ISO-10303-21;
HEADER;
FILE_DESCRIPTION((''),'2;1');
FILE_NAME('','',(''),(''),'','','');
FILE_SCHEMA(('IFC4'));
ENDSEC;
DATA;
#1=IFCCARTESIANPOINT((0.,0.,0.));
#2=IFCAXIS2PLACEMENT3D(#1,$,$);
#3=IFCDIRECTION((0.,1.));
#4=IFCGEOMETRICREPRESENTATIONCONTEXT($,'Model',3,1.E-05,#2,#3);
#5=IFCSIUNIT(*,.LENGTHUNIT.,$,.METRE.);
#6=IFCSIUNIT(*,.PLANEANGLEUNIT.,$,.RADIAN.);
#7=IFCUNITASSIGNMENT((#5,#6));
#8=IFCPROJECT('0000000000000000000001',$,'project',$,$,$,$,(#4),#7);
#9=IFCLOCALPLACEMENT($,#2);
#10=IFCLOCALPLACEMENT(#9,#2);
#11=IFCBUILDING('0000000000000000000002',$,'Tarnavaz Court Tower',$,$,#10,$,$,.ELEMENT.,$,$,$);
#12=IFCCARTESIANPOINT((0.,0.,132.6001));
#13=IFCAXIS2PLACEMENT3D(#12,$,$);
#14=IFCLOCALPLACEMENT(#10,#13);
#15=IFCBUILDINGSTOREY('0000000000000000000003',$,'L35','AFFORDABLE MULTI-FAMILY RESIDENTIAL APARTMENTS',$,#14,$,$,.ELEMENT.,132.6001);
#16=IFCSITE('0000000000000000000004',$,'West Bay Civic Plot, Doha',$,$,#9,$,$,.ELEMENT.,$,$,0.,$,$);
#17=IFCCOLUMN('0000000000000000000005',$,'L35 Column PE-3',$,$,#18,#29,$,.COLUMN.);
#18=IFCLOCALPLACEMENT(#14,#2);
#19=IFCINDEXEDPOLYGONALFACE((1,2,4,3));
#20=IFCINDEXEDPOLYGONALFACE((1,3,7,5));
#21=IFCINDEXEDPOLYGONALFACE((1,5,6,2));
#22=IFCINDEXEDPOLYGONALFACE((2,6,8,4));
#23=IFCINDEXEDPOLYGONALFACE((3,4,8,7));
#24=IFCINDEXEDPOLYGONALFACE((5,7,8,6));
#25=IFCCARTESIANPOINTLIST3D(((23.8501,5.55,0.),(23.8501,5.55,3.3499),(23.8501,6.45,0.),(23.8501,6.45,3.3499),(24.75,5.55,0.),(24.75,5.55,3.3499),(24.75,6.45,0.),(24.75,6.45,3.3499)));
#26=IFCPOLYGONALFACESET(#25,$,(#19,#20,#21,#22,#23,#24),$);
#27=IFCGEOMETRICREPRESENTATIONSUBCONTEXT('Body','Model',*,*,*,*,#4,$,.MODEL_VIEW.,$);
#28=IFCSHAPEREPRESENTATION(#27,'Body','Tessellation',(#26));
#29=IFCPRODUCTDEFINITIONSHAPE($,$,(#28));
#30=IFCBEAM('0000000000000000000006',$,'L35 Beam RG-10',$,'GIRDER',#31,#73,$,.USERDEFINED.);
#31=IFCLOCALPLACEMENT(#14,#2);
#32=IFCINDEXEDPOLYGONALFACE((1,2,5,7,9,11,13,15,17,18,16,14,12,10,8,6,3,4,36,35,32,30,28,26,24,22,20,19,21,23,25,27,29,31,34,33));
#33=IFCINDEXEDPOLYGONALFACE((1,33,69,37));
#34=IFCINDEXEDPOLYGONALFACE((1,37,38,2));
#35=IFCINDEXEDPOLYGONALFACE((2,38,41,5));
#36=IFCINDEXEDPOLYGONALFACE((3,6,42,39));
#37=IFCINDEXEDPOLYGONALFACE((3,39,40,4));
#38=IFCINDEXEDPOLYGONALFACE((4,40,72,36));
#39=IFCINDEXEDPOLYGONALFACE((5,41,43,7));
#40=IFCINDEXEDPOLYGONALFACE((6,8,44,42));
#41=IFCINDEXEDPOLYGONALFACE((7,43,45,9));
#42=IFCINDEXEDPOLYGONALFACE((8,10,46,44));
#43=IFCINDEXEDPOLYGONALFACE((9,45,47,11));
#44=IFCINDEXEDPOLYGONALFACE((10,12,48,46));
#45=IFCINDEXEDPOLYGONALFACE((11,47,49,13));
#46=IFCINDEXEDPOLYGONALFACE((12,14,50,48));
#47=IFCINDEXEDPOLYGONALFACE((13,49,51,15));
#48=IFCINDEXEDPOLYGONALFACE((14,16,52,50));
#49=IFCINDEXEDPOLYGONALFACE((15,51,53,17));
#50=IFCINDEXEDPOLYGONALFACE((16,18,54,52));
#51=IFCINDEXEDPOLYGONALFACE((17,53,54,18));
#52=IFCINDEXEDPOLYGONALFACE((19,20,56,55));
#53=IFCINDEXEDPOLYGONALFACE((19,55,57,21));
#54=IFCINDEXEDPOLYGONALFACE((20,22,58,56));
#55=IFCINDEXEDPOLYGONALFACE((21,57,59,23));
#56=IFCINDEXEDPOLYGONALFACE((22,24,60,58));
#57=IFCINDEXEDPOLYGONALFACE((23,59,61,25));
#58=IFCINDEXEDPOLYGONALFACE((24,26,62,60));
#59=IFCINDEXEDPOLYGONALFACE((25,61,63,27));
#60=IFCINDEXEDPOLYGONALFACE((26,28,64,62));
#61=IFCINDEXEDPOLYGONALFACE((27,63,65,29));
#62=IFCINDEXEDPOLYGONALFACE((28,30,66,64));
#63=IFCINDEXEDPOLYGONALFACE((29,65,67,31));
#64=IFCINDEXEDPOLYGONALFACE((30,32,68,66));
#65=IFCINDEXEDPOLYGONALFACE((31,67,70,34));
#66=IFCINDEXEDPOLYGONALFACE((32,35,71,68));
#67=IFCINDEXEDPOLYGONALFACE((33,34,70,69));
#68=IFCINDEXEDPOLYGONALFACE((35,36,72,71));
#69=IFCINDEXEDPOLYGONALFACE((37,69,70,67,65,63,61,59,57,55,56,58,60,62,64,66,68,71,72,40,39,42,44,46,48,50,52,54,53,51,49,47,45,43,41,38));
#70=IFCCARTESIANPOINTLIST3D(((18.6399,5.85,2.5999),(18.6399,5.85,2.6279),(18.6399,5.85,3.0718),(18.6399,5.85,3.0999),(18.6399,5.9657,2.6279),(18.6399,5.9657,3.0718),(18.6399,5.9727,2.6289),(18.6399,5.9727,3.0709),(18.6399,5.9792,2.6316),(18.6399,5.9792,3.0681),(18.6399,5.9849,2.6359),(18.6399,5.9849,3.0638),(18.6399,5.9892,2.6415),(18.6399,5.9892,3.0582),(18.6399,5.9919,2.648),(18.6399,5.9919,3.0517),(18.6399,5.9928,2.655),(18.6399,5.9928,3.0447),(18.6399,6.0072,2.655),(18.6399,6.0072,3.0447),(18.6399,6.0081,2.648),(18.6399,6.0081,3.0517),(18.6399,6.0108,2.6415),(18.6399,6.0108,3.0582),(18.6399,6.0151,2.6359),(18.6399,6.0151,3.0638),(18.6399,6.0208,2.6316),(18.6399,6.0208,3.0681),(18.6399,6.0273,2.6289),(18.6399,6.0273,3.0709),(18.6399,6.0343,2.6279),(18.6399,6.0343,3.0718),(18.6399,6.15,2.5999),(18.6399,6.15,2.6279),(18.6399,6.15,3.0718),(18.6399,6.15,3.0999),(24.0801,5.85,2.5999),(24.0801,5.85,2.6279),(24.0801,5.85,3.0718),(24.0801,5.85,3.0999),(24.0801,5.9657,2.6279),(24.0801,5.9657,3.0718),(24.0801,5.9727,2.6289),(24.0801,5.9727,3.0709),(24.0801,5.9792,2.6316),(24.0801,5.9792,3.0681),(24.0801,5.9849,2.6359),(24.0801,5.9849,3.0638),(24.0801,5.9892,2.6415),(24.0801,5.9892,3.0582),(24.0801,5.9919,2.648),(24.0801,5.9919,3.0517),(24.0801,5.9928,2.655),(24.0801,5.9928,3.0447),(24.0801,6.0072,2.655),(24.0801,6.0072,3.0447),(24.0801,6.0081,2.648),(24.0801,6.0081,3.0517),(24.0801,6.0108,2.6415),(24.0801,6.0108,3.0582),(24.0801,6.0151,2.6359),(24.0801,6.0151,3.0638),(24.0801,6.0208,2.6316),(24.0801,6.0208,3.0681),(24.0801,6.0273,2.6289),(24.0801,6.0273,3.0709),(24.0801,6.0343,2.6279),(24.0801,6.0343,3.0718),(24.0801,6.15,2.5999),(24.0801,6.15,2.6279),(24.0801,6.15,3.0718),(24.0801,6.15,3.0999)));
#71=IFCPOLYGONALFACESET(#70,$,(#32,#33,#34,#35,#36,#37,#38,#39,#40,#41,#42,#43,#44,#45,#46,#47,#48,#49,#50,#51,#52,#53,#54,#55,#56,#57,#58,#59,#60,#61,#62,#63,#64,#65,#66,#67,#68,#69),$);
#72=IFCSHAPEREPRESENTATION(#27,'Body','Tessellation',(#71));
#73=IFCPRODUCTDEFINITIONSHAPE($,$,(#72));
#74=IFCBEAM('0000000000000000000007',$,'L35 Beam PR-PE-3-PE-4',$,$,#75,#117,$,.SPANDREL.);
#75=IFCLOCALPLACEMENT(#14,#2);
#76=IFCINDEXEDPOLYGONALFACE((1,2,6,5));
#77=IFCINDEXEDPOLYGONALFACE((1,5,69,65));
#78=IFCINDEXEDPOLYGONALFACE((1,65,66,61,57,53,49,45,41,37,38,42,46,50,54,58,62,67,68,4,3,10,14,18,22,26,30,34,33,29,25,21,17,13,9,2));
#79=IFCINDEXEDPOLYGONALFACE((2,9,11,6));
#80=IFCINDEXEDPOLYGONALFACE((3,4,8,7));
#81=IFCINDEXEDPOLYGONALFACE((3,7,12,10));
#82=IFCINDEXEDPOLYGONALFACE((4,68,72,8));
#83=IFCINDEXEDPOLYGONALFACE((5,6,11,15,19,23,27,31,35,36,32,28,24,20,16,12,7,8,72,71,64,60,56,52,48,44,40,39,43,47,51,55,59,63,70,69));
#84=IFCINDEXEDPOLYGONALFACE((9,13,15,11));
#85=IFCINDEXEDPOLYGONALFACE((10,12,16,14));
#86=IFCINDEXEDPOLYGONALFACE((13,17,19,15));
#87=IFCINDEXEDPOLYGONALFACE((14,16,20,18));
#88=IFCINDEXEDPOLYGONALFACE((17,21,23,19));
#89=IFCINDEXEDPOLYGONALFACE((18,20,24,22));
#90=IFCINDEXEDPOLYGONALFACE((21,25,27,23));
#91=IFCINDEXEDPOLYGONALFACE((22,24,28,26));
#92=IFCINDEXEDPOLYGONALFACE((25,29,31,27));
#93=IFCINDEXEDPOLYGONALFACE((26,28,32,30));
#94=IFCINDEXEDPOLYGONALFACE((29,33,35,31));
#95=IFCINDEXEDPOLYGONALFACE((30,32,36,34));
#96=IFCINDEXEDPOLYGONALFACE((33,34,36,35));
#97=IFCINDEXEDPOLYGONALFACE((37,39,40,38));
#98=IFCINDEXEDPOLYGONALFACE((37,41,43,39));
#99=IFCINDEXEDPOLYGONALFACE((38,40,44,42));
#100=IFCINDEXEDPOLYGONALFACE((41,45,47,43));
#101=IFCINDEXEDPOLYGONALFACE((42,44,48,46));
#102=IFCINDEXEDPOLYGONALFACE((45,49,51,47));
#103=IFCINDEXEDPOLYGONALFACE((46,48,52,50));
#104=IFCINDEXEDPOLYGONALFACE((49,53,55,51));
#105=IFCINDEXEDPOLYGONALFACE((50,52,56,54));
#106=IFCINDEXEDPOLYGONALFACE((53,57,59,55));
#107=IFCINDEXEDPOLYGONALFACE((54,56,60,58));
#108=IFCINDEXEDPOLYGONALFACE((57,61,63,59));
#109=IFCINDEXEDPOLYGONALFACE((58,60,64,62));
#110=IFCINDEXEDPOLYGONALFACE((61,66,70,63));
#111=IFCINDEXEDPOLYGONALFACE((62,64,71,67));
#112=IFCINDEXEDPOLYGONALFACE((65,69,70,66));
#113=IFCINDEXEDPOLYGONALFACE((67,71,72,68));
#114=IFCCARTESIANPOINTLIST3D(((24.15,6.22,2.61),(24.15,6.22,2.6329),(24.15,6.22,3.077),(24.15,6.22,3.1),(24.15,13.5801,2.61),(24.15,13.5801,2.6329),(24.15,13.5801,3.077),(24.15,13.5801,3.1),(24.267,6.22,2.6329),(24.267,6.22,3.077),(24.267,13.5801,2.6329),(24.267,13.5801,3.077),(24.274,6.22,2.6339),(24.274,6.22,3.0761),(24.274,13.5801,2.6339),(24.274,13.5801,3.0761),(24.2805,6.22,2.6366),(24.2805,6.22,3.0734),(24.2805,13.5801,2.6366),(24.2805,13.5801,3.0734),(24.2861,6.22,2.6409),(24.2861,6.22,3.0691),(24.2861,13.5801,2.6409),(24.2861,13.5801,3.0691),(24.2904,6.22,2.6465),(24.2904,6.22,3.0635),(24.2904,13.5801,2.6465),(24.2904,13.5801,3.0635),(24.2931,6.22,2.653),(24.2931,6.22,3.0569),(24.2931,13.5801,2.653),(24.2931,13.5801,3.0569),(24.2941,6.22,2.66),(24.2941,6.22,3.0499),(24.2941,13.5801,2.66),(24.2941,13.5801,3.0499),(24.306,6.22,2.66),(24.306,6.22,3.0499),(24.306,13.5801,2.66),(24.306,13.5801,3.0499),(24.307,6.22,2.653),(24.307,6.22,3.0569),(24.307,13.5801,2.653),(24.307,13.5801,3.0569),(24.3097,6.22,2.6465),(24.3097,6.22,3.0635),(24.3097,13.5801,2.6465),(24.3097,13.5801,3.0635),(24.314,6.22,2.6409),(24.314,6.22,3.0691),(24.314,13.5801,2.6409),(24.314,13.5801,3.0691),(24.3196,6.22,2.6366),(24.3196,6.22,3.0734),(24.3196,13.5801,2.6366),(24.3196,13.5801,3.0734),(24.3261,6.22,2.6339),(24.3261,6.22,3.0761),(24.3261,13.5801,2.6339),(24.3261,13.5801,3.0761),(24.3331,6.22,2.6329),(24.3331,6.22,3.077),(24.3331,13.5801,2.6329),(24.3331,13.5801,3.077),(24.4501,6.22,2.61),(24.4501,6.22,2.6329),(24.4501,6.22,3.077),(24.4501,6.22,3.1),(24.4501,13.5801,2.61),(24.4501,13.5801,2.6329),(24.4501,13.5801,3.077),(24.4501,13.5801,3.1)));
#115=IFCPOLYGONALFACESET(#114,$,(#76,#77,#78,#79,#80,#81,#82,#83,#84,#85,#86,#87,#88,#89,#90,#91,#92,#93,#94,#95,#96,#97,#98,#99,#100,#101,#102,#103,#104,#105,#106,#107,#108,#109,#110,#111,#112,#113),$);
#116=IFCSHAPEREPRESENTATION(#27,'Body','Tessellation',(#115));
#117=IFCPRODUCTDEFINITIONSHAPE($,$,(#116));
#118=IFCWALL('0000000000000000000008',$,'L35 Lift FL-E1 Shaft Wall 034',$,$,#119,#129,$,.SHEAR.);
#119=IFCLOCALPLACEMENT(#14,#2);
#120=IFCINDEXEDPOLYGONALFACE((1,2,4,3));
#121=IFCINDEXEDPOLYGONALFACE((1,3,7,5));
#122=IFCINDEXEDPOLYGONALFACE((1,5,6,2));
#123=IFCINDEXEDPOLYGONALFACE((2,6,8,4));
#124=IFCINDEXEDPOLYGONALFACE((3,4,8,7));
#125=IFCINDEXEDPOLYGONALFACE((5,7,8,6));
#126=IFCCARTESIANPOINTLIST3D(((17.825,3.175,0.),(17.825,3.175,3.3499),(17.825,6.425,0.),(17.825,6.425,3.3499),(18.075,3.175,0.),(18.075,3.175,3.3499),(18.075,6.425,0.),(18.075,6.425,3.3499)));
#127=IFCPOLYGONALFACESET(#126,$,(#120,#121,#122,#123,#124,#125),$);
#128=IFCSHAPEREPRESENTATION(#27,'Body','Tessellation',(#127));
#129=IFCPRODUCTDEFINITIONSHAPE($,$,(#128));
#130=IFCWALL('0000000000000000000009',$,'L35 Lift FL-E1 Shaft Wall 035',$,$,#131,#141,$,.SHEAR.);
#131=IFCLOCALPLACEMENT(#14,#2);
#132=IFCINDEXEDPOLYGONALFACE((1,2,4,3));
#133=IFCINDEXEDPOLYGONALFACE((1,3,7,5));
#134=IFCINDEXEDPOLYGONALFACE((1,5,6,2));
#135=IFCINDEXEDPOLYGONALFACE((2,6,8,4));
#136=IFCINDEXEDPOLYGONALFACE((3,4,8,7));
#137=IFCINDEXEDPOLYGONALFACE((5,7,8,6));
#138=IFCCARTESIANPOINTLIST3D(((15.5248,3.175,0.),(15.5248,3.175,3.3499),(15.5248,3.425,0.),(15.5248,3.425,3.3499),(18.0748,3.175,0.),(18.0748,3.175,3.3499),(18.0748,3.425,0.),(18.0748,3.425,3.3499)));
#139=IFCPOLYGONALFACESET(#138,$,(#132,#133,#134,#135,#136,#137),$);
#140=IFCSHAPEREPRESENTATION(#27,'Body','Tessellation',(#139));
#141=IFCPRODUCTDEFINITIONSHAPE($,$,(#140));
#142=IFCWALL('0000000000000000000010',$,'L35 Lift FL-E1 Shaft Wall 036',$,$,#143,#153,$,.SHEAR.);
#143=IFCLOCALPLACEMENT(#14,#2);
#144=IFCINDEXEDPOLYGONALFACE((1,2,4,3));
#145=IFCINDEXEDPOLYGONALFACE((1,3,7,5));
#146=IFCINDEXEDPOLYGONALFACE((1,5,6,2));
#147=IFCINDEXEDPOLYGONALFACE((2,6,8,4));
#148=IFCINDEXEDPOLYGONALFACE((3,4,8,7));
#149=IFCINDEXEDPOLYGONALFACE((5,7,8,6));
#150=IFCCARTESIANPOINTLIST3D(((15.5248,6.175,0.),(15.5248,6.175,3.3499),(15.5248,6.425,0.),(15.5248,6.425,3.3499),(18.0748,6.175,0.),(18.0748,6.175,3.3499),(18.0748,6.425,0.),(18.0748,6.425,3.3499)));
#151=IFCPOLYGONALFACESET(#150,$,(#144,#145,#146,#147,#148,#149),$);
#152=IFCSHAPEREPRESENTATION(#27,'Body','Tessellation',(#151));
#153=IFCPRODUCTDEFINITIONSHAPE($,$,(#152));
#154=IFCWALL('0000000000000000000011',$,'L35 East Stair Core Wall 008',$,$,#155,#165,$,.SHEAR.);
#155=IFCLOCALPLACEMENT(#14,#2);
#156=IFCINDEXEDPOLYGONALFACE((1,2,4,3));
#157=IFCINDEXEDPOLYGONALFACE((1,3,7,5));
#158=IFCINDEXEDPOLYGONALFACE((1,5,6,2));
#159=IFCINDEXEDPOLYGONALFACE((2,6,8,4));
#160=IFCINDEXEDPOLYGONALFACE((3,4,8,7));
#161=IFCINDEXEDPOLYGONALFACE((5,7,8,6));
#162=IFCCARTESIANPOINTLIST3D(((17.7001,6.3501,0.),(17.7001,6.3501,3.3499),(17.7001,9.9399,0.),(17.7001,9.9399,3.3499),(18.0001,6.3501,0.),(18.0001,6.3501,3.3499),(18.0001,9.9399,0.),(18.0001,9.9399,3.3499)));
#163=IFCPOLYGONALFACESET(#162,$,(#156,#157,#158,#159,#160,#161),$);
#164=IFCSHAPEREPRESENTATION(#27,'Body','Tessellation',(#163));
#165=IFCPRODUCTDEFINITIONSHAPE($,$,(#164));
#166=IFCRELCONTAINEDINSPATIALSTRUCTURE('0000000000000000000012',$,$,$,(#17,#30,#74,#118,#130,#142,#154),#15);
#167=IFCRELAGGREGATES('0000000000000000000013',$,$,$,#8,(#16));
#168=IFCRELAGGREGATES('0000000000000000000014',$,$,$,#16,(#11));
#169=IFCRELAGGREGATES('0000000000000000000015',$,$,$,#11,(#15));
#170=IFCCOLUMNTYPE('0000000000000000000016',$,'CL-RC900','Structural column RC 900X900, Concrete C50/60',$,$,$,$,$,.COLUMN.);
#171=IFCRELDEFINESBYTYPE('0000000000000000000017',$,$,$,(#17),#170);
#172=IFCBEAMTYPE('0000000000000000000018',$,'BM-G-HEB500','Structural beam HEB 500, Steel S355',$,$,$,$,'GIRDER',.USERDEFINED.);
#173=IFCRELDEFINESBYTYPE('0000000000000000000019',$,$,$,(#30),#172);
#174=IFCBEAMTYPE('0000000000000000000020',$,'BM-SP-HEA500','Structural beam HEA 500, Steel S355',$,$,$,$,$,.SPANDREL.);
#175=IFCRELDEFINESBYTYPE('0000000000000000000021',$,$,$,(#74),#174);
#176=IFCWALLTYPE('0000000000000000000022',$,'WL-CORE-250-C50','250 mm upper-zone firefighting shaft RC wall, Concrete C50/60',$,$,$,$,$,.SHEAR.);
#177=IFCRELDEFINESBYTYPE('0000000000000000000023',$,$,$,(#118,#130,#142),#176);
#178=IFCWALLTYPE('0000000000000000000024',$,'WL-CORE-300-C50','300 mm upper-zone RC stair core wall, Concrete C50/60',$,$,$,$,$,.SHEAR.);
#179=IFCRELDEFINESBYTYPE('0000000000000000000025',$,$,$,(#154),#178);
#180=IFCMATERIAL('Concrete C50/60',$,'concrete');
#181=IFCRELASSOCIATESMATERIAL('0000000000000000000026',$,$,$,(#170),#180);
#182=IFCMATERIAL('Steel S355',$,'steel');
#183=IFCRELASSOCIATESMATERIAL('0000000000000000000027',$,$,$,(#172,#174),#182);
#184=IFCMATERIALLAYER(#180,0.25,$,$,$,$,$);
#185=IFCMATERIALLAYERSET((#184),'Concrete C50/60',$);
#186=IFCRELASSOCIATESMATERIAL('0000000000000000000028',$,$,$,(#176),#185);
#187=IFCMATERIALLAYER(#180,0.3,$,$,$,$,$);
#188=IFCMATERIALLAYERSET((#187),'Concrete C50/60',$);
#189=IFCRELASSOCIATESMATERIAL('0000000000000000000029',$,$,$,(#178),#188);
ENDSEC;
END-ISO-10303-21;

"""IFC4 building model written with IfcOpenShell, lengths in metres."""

from ifc_helpers import new_model, si_unit, direction, frame, frame_2d, origin, origin_2d, place, context, subcontext, project, spatial, rectangle, i_section, extrude, material, layer, layer_set, material_profile, profile_set, type_object, element, save


model = new_model("IFC4")

# Units and contexts
model_context = context("Model", 3, precision=1e-05, world=origin(), true_north=direction((0.0, 1.0)))
body_context = subcontext(model_context, "Body", "Model", "MODEL_VIEW")
ifc_project = project(units=[si_unit("LENGTHUNIT", "METRE"), si_unit("PLANEANGLEUNIT", "RADIAN")], contexts=[model_context])

# Site, building, storey
site_placement = place(None, origin())
site = spatial("IfcSite", under=ifc_project, at=site_placement, Name="West Bay Civic Plot, Doha", CompositionType="ELEMENT", RefElevation=0.0)
building_placement = place(site_placement, origin())
building = spatial("IfcBuilding", under=site, at=building_placement, Name="Tarnavaz Court Tower", CompositionType="ELEMENT")
storey_placement = place(building_placement, frame((0.0, 0.0, 132.6001)))
storey = spatial("IfcBuildingStorey", under=building, at=storey_placement, Name="L35", Description="AFFORDABLE MULTI-FAMILY RESIDENTIAL APARTMENTS", CompositionType="ELEMENT", Elevation=132.6001)

# Column
ifc_material_1 = material(Name="Concrete C50/60", Category="concrete")
ifc_material_profile_1 = material_profile(ifc_material_1, rectangle(XDim=0.8999, YDim=0.8999, at=origin_2d()), Name="RC 900X900")
ifc_profile_set_1 = profile_set([ifc_material_profile_1], Name="Concrete C50/60")
column_type = type_object("IfcColumnType", Name="CL-RC900", Description="Structural column RC 900X900, Concrete C50/60", PredefinedType="COLUMN", material=ifc_profile_set_1)
column_placement = place(storey_placement, frame((24.3, 6.0, 0.0), z_axis=(0.0, 0.0, 1.0), x_axis=(1.0, 0.0, 0.0)))
element("IfcColumn", 1, at=column_placement, inside=storey, type_object=column_type, Name="L35 Column PE-3", PredefinedType="COLUMN", context=body_context, shape_type="SweptSolid", body=[
    extrude(rectangle(XDim=0.8999, YDim=0.8999, at=origin_2d()), origin(), (0.0, 0.0, 1.0), 3.3499),
])

# Beams
ifc_material_2 = material(Name="Steel S355", Category="steel")
ifc_material_profile_2 = material_profile(ifc_material_2, i_section(OverallWidth=0.3, OverallDepth=0.5, WebThickness=0.0144, FlangeThickness=0.0281, FilletRadius=0.0271, at=origin_2d()), Name="HEB 500")
ifc_profile_set_2 = profile_set([ifc_material_profile_2], Name="Steel S355")
beam_type_1 = type_object("IfcBeamType", Name="BM-G-HEB500", Description="Structural beam HEB 500, Steel S355", ElementType="GIRDER", PredefinedType="USERDEFINED", material=ifc_profile_set_2)
beam_1_placement = place(storey_placement, frame((18.6399, 6.0, 2.8499), z_axis=(1.0, 0.0, 0.0), x_axis=(0.0, 1.0, 0.0)))
element("IfcBeam", 2, at=beam_1_placement, inside=storey, type_object=beam_type_1, Name="L35 Beam RG-10", ObjectType="GIRDER", PredefinedType="USERDEFINED", context=body_context, shape_type="SweptSolid", body=[
    extrude(i_section(OverallWidth=0.3, OverallDepth=0.5, WebThickness=0.0144, FlangeThickness=0.0281, FilletRadius=0.0271, at=origin_2d()), origin(), (0.0, 0.0, 1.0), 5.4402),
])
ifc_material_profile_3 = material_profile(ifc_material_2, i_section(OverallWidth=0.3, OverallDepth=0.49, WebThickness=0.012, FlangeThickness=0.0229, FilletRadius=0.0271, at=origin_2d()), Name="HEA 500")
ifc_profile_set_3 = profile_set([ifc_material_profile_3], Name="Steel S355")
beam_type_2 = type_object("IfcBeamType", Name="BM-SP-HEA500", Description="Structural beam HEA 500, Steel S355", PredefinedType="SPANDREL", material=ifc_profile_set_3)
beam_2_placement = place(storey_placement, frame((24.3, 6.22, 2.855), z_axis=(0.0, 1.0, 0.0), x_axis=(-1.0, 0.0, 0.0)))
element("IfcBeam", 3, at=beam_2_placement, inside=storey, type_object=beam_type_2, Name="L35 Beam PR-PE-3-PE-4", PredefinedType="SPANDREL", context=body_context, shape_type="SweptSolid", body=[
    extrude(i_section(OverallWidth=0.3, OverallDepth=0.49, WebThickness=0.012, FlangeThickness=0.0229, FilletRadius=0.0271, at=origin_2d()), origin(), (0.0, 0.0, 1.0), 7.3601),
])

# Shared definitions
ifc_layer_1 = layer(ifc_material_1, 0.25)
ifc_layer_set_1 = layer_set([ifc_layer_1], Name="Concrete C50/60")
wall_type_1 = type_object("IfcWallType", Name="WL-CORE-250-C50", Description="250 mm upper-zone firefighting shaft RC wall, Concrete C50/60", PredefinedType="SHEAR", material=ifc_layer_set_1)

# Walls
wall_1_placement = place(storey_placement, frame((17.95, 3.175, 0.0), z_axis=(0.0, 0.0, 1.0), x_axis=(0.0, 1.0, 0.0)))
element("IfcWall", 4, at=wall_1_placement, inside=storey, type_object=wall_type_1, Name="L35 Lift FL-E1 Shaft Wall 034", PredefinedType="SHEAR", context=body_context, shape_type="SweptSolid", body=[
    extrude(rectangle(XDim=3.25, YDim=0.25, at=frame_2d((1.625, 0.0))), origin(), (0.0, 0.0, 1.0), 3.3499),
])
for number, where, z_axis, x_axis, name in (
    (5, (15.5249, 3.3, 0.0), (0.0, 0.0, 1.0), (1.0, 0.0, 0.0), "L35 Lift FL-E1 Shaft Wall 035"),
    (6, (15.5249, 6.3, 0.0), (0.0, 0.0, 1.0), (1.0, 0.0, 0.0), "L35 Lift FL-E1 Shaft Wall 036"),
):
    element("IfcWall", number, at=place(storey_placement, frame(where, z_axis=z_axis, x_axis=x_axis)), inside=storey, type_object=wall_type_1, Name=name, PredefinedType="SHEAR", context=body_context, shape_type="SweptSolid", body=[
        extrude(rectangle(XDim=2.55, YDim=0.25, at=frame_2d((1.2749, 0.0))), origin(), (0.0, 0.0, 1.0), 3.3499),
    ])
ifc_layer_2 = layer(ifc_material_1, 0.3)
ifc_layer_set_2 = layer_set([ifc_layer_2], Name="Concrete C50/60")
wall_type_2 = type_object("IfcWallType", Name="WL-CORE-300-C50", Description="300 mm upper-zone RC stair core wall, Concrete C50/60", PredefinedType="SHEAR", material=ifc_layer_set_2)
wall_2_placement = place(storey_placement, frame((17.8501, 6.3501, 0.0), z_axis=(0.0, 0.0, 1.0), x_axis=(0.0, 1.0, 0.0)))
element("IfcWall", 7, at=wall_2_placement, inside=storey, type_object=wall_type_2, Name="L35 East Stair Core Wall 008", PredefinedType="SHEAR", context=body_context, shape_type="SweptSolid", body=[
    extrude(rectangle(XDim=3.5898, YDim=0.3, at=frame_2d((1.7949, 0.0))), origin(), (0.0, 0.0, 1.0), 3.3499),
])

save(model, "model.ifc")
